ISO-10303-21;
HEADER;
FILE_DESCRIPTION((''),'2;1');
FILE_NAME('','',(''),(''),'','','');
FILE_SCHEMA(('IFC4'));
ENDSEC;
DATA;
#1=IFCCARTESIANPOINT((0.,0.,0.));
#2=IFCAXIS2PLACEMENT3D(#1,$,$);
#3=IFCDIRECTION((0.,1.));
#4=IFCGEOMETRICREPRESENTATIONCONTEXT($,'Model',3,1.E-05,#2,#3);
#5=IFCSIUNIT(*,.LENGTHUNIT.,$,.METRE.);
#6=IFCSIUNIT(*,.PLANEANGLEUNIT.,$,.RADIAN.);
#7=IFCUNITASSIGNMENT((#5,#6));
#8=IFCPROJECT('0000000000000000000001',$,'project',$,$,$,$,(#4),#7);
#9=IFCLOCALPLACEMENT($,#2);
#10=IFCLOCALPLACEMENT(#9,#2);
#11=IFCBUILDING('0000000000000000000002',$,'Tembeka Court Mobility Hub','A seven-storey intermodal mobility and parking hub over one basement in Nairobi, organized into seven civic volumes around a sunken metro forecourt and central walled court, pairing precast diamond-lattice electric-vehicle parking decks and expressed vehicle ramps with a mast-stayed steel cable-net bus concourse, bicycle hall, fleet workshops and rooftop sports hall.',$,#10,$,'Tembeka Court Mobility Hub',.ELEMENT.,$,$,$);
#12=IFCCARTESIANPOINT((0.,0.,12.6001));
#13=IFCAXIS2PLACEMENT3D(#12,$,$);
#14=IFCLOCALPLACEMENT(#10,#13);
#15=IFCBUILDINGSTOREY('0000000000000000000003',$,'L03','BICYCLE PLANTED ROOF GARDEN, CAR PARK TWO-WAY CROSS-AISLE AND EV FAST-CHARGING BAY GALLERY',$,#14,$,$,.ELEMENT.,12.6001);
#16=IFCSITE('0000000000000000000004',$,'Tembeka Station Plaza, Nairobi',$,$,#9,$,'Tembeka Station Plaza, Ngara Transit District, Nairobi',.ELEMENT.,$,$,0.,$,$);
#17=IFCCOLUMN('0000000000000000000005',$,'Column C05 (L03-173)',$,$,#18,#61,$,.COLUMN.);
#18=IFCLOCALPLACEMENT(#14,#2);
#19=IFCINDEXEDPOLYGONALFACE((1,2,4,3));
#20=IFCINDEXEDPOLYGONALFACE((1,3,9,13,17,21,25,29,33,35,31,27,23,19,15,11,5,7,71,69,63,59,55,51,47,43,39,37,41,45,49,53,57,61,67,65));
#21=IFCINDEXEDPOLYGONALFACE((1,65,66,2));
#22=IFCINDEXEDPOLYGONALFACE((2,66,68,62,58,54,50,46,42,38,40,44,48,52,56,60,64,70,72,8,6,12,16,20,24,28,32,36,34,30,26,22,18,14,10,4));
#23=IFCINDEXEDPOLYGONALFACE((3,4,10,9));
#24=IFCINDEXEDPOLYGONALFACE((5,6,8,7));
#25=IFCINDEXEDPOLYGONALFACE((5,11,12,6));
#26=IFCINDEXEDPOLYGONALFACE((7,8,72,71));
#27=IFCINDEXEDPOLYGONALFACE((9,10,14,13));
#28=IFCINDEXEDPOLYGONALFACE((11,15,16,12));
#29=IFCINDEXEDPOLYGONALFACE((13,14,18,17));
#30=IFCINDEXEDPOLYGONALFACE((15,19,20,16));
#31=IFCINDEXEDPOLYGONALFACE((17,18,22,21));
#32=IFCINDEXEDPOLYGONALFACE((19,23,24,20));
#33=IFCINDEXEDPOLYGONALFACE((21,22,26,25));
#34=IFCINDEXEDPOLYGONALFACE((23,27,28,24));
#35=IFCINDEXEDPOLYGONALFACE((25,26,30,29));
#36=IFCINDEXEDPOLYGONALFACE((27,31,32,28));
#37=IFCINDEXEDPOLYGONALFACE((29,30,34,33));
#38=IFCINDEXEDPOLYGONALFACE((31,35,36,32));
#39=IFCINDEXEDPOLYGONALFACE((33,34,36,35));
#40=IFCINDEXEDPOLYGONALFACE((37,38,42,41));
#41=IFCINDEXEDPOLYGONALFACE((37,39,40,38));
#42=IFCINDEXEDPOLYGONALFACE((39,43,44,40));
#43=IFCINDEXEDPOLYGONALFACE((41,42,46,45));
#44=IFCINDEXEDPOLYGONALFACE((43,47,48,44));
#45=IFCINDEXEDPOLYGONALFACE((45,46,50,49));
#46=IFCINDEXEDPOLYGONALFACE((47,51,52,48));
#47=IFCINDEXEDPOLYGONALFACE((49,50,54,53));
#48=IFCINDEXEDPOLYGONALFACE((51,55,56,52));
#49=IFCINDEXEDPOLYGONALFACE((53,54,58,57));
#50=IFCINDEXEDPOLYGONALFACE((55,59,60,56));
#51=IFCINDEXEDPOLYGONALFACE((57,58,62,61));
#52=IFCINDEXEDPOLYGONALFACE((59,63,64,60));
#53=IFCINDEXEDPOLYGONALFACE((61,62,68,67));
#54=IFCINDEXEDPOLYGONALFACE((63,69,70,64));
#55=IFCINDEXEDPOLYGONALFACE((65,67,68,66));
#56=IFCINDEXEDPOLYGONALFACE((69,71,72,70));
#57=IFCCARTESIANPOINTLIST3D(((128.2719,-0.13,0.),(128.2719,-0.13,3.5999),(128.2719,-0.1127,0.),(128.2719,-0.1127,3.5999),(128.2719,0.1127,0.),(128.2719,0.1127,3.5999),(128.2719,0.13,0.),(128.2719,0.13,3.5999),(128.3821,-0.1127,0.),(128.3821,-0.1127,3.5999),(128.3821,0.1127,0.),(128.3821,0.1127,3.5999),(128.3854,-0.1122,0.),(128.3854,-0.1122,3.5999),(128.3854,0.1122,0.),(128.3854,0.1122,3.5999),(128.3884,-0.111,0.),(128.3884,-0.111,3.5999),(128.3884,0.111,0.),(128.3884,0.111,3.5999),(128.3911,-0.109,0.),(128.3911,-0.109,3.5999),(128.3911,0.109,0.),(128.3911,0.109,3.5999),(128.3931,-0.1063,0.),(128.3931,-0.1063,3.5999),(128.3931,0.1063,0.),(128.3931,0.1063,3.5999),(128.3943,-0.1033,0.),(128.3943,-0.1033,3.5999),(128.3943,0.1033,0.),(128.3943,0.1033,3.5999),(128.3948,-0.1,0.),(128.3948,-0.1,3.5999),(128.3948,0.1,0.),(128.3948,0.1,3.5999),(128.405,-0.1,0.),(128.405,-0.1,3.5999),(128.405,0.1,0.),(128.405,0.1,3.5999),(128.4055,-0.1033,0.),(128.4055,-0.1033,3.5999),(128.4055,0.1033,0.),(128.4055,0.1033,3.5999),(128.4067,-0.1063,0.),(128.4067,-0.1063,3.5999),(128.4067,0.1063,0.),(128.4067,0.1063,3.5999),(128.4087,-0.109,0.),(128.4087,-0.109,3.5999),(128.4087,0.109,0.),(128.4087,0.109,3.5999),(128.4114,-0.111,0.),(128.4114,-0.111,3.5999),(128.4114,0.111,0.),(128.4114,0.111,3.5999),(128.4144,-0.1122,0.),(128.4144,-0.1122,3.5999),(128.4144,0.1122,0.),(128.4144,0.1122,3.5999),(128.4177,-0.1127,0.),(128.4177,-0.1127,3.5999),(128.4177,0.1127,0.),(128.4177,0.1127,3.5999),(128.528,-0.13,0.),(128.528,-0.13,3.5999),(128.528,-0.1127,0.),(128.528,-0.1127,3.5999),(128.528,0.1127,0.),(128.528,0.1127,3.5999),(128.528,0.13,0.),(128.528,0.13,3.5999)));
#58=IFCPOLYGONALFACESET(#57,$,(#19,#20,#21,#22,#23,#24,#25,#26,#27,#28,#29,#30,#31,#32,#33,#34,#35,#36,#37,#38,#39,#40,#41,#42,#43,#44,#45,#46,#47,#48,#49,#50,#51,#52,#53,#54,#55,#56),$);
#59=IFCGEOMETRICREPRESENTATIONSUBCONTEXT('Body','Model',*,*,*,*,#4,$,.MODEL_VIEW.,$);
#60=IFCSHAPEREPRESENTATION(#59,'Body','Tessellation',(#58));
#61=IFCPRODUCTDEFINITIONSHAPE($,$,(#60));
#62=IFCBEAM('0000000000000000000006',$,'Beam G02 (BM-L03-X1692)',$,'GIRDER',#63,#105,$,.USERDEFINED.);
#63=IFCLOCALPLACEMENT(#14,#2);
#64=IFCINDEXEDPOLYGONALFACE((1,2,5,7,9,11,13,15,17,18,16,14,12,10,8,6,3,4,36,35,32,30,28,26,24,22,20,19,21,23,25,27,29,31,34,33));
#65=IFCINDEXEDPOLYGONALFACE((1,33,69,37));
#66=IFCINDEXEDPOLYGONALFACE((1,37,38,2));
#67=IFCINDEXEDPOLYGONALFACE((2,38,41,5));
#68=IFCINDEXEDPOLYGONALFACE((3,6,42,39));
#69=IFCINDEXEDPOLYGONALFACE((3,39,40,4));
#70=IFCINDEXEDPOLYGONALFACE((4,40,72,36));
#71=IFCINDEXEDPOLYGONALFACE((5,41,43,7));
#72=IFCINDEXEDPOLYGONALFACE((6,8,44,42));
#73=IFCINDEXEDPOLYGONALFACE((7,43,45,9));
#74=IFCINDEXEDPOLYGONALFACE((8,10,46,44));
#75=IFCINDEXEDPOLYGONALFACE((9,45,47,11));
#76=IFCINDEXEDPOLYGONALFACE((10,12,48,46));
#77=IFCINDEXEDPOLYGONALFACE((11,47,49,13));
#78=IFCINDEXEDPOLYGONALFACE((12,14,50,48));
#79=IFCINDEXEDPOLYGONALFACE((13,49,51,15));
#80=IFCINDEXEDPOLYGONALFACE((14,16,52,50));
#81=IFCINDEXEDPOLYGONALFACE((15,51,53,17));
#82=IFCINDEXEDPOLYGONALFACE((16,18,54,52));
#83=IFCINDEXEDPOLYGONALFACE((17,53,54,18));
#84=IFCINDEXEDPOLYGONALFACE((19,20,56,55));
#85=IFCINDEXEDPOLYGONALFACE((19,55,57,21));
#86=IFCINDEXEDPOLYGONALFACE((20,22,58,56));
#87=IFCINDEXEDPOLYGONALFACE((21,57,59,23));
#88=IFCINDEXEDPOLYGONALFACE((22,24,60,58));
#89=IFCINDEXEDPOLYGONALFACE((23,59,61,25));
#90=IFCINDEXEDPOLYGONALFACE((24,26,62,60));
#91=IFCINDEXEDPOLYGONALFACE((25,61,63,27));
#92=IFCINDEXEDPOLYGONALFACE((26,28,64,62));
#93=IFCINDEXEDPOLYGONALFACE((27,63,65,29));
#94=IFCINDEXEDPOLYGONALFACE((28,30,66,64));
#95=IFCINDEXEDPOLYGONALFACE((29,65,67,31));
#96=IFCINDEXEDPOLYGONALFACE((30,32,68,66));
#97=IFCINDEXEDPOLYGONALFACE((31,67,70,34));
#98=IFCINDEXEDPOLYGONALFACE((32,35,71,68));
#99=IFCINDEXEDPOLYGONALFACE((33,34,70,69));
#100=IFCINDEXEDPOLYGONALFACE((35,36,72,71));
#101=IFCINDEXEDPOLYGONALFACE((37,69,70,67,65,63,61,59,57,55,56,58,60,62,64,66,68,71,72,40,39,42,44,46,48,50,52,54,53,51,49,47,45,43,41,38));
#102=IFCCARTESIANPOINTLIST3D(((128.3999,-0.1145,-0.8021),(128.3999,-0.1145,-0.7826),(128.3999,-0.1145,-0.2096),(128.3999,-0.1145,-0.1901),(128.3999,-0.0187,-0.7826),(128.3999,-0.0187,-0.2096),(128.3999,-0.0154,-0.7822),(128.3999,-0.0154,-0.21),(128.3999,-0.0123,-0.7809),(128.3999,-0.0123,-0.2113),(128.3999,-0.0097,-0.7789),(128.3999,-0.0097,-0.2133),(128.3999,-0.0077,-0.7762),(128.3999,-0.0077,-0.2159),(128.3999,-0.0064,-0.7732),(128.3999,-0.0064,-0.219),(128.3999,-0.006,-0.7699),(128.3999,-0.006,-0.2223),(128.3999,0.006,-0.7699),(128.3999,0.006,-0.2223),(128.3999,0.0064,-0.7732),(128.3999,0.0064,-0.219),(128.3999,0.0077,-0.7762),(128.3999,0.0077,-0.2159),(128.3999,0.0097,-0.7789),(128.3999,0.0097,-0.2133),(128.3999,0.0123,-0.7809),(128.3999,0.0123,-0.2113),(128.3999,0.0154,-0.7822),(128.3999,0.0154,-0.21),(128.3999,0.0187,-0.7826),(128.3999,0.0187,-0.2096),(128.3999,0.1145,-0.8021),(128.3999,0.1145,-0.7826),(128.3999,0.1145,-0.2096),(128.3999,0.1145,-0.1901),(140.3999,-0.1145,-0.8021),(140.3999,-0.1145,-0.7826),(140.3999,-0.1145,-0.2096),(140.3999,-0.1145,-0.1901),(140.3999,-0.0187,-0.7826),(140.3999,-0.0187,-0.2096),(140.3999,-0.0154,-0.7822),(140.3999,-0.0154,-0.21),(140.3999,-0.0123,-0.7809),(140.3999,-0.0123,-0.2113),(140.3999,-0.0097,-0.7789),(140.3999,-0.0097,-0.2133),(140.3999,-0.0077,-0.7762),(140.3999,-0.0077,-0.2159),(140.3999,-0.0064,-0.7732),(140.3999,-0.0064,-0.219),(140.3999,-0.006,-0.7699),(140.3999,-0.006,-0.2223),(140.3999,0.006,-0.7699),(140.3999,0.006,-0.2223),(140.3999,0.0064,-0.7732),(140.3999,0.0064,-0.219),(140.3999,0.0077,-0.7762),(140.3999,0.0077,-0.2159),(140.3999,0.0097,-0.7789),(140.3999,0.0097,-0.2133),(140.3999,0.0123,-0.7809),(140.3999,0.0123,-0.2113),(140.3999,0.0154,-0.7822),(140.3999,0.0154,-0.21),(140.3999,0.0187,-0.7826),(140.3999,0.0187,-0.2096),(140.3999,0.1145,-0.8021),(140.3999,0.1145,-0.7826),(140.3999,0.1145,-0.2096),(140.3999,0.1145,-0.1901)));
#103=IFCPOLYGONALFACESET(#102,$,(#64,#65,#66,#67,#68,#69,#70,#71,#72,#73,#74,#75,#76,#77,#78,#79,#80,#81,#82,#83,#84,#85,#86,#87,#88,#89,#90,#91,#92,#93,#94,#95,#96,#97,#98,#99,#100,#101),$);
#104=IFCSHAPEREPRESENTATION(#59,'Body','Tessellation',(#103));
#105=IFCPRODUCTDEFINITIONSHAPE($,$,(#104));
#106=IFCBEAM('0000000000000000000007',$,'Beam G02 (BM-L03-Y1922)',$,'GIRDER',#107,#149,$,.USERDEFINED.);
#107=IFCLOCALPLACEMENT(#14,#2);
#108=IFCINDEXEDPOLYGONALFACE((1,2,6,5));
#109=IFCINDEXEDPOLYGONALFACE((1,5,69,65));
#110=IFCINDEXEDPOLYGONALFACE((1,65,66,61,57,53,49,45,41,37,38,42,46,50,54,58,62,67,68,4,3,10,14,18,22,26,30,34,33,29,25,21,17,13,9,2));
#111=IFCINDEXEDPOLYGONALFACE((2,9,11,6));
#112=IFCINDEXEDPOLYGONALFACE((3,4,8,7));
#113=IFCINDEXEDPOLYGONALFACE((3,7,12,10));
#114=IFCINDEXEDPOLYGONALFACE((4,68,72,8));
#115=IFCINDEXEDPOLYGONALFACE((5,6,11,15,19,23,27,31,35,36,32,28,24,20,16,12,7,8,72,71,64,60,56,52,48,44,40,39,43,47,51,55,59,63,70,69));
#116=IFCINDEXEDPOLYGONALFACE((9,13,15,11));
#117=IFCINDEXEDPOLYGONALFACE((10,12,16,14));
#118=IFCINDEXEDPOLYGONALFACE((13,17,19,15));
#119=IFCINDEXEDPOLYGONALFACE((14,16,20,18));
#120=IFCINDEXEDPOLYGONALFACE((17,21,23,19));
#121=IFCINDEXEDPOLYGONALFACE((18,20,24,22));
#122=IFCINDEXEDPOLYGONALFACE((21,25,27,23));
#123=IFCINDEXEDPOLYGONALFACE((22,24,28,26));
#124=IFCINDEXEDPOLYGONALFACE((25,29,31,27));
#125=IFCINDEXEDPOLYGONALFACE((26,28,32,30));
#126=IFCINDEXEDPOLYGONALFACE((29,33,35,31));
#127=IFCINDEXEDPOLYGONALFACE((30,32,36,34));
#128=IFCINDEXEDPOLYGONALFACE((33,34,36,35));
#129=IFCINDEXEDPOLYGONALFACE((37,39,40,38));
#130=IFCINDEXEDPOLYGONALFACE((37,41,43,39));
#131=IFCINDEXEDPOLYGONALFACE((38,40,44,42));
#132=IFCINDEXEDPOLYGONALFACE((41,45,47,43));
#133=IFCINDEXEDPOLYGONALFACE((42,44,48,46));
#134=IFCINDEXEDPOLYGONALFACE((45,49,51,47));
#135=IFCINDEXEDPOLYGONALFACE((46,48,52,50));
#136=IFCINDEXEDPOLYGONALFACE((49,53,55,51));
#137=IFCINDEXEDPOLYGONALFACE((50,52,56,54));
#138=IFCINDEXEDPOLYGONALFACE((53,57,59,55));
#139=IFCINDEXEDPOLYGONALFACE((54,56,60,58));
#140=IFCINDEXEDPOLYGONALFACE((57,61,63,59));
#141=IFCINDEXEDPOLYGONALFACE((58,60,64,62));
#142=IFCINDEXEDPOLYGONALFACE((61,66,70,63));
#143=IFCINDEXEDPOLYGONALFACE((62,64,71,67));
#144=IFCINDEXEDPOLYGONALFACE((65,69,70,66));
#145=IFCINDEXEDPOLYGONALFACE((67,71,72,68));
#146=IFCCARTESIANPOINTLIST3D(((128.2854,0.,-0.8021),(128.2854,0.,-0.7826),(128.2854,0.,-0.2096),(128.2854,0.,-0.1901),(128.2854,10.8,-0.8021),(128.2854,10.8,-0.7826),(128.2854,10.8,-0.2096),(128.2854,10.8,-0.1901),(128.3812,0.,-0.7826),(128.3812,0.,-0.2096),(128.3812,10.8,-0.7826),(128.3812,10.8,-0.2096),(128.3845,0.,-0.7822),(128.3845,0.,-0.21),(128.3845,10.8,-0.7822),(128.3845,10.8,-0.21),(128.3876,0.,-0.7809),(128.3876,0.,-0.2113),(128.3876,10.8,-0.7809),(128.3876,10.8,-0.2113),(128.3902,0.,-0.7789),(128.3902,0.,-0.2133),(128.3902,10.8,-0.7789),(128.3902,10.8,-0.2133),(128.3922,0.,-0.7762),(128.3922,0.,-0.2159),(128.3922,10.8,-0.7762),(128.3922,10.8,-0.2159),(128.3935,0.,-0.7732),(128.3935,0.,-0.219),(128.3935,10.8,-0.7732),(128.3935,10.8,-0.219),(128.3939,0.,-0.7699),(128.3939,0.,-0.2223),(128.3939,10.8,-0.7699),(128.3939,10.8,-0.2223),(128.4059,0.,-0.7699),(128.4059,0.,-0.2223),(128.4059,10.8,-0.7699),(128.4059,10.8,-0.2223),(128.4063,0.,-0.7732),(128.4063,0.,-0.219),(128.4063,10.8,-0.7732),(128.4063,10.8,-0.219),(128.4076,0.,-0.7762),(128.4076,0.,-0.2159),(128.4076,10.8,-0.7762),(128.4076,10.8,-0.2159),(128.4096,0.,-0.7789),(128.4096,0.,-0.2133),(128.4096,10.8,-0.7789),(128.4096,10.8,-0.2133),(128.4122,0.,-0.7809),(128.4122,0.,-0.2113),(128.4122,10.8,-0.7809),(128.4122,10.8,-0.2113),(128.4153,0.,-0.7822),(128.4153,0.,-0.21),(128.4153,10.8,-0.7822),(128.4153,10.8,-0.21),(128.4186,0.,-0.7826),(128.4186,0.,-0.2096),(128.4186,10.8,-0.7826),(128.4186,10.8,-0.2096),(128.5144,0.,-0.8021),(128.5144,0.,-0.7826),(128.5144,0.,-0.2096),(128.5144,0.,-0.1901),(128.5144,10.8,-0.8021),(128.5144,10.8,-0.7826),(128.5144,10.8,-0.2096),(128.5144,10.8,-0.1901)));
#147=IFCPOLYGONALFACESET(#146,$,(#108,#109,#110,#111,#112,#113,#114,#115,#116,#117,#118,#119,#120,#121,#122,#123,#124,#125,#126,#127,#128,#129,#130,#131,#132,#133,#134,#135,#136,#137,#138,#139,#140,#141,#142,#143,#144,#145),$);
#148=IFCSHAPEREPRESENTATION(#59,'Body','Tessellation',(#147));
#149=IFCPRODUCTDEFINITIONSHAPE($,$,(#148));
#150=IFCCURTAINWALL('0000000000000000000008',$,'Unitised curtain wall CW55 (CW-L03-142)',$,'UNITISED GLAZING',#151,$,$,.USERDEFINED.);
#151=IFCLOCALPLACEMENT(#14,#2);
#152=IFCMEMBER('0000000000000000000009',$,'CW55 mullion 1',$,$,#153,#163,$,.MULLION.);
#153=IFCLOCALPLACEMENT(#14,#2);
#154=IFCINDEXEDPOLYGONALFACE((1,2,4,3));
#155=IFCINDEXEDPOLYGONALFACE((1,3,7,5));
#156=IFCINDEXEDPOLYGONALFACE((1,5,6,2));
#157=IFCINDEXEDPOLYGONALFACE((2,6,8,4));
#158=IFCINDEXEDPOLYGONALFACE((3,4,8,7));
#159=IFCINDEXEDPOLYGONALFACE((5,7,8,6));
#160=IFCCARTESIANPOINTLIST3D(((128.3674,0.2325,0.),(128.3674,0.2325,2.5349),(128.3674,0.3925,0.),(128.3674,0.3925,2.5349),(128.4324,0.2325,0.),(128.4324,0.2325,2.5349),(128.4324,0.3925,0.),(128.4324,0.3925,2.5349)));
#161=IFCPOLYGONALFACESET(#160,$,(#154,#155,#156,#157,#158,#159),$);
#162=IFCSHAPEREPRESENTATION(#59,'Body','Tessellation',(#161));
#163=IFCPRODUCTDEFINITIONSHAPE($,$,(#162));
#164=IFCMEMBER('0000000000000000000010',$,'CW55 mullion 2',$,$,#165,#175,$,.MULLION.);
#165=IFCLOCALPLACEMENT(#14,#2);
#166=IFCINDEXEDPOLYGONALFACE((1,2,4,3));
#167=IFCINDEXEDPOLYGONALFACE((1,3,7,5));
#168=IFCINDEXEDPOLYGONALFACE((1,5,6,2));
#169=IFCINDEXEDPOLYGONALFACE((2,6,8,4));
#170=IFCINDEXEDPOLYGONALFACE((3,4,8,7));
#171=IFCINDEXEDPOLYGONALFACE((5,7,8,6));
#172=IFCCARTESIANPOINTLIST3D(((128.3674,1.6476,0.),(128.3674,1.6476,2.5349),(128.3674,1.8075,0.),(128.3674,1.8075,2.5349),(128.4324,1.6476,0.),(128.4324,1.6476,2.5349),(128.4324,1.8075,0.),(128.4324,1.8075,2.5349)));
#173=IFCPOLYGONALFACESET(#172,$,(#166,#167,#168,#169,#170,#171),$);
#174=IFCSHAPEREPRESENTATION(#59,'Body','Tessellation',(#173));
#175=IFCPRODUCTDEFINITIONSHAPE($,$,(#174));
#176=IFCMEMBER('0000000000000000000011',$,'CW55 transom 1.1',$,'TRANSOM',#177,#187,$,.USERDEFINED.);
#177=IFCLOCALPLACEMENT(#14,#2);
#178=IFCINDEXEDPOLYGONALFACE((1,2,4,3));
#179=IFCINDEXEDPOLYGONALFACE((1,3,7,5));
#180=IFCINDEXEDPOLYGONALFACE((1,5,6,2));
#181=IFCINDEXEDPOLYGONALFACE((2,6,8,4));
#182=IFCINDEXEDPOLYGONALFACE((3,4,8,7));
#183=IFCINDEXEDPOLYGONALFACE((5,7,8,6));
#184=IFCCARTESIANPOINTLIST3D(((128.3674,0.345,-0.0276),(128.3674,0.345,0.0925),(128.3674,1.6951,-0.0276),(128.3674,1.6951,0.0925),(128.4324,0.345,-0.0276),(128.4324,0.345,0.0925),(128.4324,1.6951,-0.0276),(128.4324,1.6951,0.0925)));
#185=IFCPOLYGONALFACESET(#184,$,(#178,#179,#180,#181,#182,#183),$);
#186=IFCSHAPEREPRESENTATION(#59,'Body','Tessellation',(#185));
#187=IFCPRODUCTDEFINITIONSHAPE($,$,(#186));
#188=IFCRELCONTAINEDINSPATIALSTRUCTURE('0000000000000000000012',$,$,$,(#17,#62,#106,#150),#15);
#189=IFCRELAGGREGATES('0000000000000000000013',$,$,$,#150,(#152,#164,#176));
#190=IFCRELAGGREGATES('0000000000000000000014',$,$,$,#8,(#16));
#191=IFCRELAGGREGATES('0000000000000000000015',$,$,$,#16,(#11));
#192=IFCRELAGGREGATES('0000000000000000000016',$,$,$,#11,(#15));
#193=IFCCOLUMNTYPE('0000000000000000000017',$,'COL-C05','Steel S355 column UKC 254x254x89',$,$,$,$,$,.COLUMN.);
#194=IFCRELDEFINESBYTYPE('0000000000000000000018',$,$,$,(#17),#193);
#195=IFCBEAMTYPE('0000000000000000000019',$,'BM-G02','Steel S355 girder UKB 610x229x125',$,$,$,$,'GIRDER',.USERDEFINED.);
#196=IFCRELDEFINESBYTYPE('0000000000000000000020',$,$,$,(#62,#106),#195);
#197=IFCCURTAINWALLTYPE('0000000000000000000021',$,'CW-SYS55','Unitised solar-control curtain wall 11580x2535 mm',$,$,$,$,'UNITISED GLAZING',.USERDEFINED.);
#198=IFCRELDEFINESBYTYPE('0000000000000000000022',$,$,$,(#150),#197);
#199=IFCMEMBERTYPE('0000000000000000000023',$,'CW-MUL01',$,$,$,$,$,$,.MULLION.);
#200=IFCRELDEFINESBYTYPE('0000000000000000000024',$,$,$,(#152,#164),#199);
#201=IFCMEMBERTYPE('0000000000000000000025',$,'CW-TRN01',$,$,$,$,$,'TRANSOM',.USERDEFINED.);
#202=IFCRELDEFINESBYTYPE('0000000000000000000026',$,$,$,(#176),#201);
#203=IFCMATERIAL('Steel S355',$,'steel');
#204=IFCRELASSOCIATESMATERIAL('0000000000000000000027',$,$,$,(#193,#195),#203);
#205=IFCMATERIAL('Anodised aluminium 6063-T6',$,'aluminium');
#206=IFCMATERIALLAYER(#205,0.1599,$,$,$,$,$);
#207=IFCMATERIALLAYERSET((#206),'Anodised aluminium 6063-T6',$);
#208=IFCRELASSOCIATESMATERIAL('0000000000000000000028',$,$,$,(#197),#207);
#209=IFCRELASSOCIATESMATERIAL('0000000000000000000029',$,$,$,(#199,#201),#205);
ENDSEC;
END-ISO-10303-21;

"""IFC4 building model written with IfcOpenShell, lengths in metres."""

from ifc_helpers import new_model, si_unit, direction, frame, origin, origin_2d, place, context, subcontext, project, spatial, rectangle, i_section, extrude, material, layer, layer_set, material_profile, profile_set, type_object, element, aggregate, save


model = new_model("IFC4")

# Units and contexts
model_context = context("Model", 3, precision=1e-05, world=origin(), true_north=direction((0.0, 1.0)))
body_context = subcontext(model_context, "Body", "Model", "MODEL_VIEW")
ifc_project = project(units=[si_unit("LENGTHUNIT", "METRE"), si_unit("PLANEANGLEUNIT", "RADIAN")], contexts=[model_context])

# Site, building, storey
site_placement = place(None, origin())
site = spatial("IfcSite", under=ifc_project, at=site_placement, Name="Tembeka Station Plaza, Nairobi", LongName="Tembeka Station Plaza, Ngara Transit District, Nairobi", CompositionType="ELEMENT", RefElevation=0.0)
building_placement = place(site_placement, origin())
building = spatial("IfcBuilding", under=site, at=building_placement, Name="Tembeka Court Mobility Hub", Description="A seven-storey intermodal mobility and parking hub over one basement in Nairobi, organized into seven civic volumes around a sunken metro forecourt and central walled court, pairing precast diamond-lattice electric-vehicle parking decks and expressed vehicle ramps with a mast-stayed steel cable-net bus concourse, bicycle hall, fleet workshops and rooftop sports hall.", LongName="Tembeka Court Mobility Hub", CompositionType="ELEMENT")
storey_placement = place(building_placement, frame((0.0, 0.0, 12.6001)))
storey = spatial("IfcBuildingStorey", under=building, at=storey_placement, Name="L03", Description="BICYCLE PLANTED ROOF GARDEN, CAR PARK TWO-WAY CROSS-AISLE AND EV FAST-CHARGING BAY GALLERY", CompositionType="ELEMENT", Elevation=12.6001)

# Column
ifc_material_1 = material(Name="Steel S355", Category="steel")
ifc_material_profile_1 = material_profile(ifc_material_1, i_section(OverallWidth=0.2561, OverallDepth=0.26, WebThickness=0.0103, FlangeThickness=0.0173, FilletRadius=0.0127, at=origin_2d()), Name="UKC 254x254x89")
ifc_profile_set_1 = profile_set([ifc_material_profile_1], Name="Steel S355")
column_type = type_object("IfcColumnType", Name="COL-C05", Description="Steel S355 column UKC 254x254x89", PredefinedType="COLUMN", material=ifc_profile_set_1)
column_placement = place(storey_placement, frame((128.3999, 0.0, 0.0), z_axis=(0.0, 0.0, 1.0), x_axis=(1.0, 0.0, 0.0)))
element("IfcColumn", 1, at=column_placement, inside=storey, type_object=column_type, Name="Column C05 (L03-173)", PredefinedType="COLUMN", context=body_context, shape_type="SweptSolid", body=[
    extrude(i_section(OverallWidth=0.2561, OverallDepth=0.26, WebThickness=0.0103, FlangeThickness=0.0173, FilletRadius=0.0127, at=origin_2d()), origin(), (0.0, 0.0, 1.0), 3.5999),
])

# Beams
ifc_material_profile_2 = material_profile(ifc_material_1, i_section(OverallWidth=0.229, OverallDepth=0.6121, WebThickness=0.012, FlangeThickness=0.0195, FilletRadius=0.0127, at=origin_2d()), Name="UKB 610x229x125")
ifc_profile_set_2 = profile_set([ifc_material_profile_2], Name="Steel S355")
beam_type = type_object("IfcBeamType", Name="BM-G02", Description="Steel S355 girder UKB 610x229x125", ElementType="GIRDER", PredefinedType="USERDEFINED", material=ifc_profile_set_2)
beam_1_placement = place(storey_placement, frame((128.3999, 0.0, -0.4961), z_axis=(1.0, 0.0, 0.0), x_axis=(0.0, 1.0, 0.0)))
element("IfcBeam", 2, at=beam_1_placement, inside=storey, type_object=beam_type, Name="Beam G02 (BM-L03-X1692)", ObjectType="GIRDER", PredefinedType="USERDEFINED", context=body_context, shape_type="SweptSolid", body=[
    extrude(i_section(OverallWidth=0.229, OverallDepth=0.6121, WebThickness=0.012, FlangeThickness=0.0195, FilletRadius=0.0127, at=origin_2d()), origin(), (0.0, 0.0, 1.0), 12.0),
])
beam_2_placement = place(storey_placement, frame((128.3999, 0.0, -0.4961), z_axis=(0.0, 1.0, 0.0), x_axis=(-1.0, 0.0, 0.0)))
element("IfcBeam", 3, at=beam_2_placement, inside=storey, type_object=beam_type, Name="Beam G02 (BM-L03-Y1922)", ObjectType="GIRDER", PredefinedType="USERDEFINED", context=body_context, shape_type="SweptSolid", body=[
    extrude(i_section(OverallWidth=0.229, OverallDepth=0.6121, WebThickness=0.012, FlangeThickness=0.0195, FilletRadius=0.0127, at=origin_2d()), origin(), (0.0, 0.0, 1.0), 10.8),
])

# Curtain wall, members
ifc_material_2 = material(Name="Anodised aluminium 6063-T6", Category="aluminium")
ifc_layer_1 = layer(ifc_material_2, 0.1599)
ifc_layer_set_1 = layer_set([ifc_layer_1], Name="Anodised aluminium 6063-T6")
curtain_wall_type = type_object("IfcCurtainWallType", Name="CW-SYS55", Description="Unitised solar-control curtain wall 11580x2535 mm", ElementType="UNITISED GLAZING", PredefinedType="USERDEFINED", material=ifc_layer_set_1)
curtain_wall_placement = place(storey_placement, origin())
curtain_wall = element("IfcCurtainWall", 4, at=curtain_wall_placement, inside=storey, type_object=curtain_wall_type, Name="Unitised curtain wall CW55 (CW-L03-142)", ObjectType="UNITISED GLAZING", PredefinedType="USERDEFINED")
ifc_material_profile_3 = material_profile(ifc_material_2, rectangle(XDim=0.0649, YDim=0.1599, at=origin_2d()), Name="ALU-MUL 65x160")
ifc_profile_set_3 = profile_set([ifc_material_profile_3], Name="Anodised aluminium 6063-T6")
member_type_1 = type_object("IfcMemberType", Name="CW-MUL01", PredefinedType="MULLION", material=ifc_profile_set_3)
member_1_placement = place(storey_placement, frame((128.3999, 0.3125, 0.0), z_axis=(0.0, 0.0, 1.0), x_axis=(-1.0, 0.0, 0.0)))
member_1 = element("IfcMember", 5, at=member_1_placement, type_object=member_type_1, Name="CW55 mullion 1", PredefinedType="MULLION", context=body_context, shape_type="SweptSolid", body=[
    extrude(rectangle(XDim=0.0649, YDim=0.1599, at=origin_2d()), origin(), (0.0, 0.0, 1.0), 2.5349),
])
member_2_placement = place(storey_placement, frame((128.3999, 1.7275, 0.0), z_axis=(0.0, 0.0, 1.0), x_axis=(-1.0, 0.0, 0.0)))
member_2 = element("IfcMember", 6, at=member_2_placement, type_object=member_type_1, Name="CW55 mullion 2", PredefinedType="MULLION", context=body_context, shape_type="SweptSolid", body=[
    extrude(rectangle(XDim=0.0649, YDim=0.1599, at=origin_2d()), origin(), (0.0, 0.0, 1.0), 2.5349),
])
ifc_material_profile_4 = material_profile(ifc_material_2, rectangle(XDim=0.0649, YDim=0.1201, at=origin_2d()), Name="ALU-TRN 65x120")
ifc_profile_set_4 = profile_set([ifc_material_profile_4], Name="Anodised aluminium 6063-T6")
member_type_2 = type_object("IfcMemberType", Name="CW-TRN01", ElementType="TRANSOM", PredefinedType="USERDEFINED", material=ifc_profile_set_4)
member_3_placement = place(storey_placement, frame((128.3999, 0.345, 0.0325), z_axis=(0.0, 1.0, 0.0), x_axis=(-1.0, 0.0, 0.0)))
member_3 = element("IfcMember", 7, at=member_3_placement, type_object=member_type_2, Name="CW55 transom 1.1", ObjectType="TRANSOM", PredefinedType="USERDEFINED", context=body_context, shape_type="SweptSolid", body=[
    extrude(rectangle(XDim=0.0649, YDim=0.1201, at=origin_2d()), origin(), (0.0, 0.0, 1.0), 1.3501),
])

aggregate(curtain_wall, [member_1, member_2, member_3])

save(model, "model.ifc")
